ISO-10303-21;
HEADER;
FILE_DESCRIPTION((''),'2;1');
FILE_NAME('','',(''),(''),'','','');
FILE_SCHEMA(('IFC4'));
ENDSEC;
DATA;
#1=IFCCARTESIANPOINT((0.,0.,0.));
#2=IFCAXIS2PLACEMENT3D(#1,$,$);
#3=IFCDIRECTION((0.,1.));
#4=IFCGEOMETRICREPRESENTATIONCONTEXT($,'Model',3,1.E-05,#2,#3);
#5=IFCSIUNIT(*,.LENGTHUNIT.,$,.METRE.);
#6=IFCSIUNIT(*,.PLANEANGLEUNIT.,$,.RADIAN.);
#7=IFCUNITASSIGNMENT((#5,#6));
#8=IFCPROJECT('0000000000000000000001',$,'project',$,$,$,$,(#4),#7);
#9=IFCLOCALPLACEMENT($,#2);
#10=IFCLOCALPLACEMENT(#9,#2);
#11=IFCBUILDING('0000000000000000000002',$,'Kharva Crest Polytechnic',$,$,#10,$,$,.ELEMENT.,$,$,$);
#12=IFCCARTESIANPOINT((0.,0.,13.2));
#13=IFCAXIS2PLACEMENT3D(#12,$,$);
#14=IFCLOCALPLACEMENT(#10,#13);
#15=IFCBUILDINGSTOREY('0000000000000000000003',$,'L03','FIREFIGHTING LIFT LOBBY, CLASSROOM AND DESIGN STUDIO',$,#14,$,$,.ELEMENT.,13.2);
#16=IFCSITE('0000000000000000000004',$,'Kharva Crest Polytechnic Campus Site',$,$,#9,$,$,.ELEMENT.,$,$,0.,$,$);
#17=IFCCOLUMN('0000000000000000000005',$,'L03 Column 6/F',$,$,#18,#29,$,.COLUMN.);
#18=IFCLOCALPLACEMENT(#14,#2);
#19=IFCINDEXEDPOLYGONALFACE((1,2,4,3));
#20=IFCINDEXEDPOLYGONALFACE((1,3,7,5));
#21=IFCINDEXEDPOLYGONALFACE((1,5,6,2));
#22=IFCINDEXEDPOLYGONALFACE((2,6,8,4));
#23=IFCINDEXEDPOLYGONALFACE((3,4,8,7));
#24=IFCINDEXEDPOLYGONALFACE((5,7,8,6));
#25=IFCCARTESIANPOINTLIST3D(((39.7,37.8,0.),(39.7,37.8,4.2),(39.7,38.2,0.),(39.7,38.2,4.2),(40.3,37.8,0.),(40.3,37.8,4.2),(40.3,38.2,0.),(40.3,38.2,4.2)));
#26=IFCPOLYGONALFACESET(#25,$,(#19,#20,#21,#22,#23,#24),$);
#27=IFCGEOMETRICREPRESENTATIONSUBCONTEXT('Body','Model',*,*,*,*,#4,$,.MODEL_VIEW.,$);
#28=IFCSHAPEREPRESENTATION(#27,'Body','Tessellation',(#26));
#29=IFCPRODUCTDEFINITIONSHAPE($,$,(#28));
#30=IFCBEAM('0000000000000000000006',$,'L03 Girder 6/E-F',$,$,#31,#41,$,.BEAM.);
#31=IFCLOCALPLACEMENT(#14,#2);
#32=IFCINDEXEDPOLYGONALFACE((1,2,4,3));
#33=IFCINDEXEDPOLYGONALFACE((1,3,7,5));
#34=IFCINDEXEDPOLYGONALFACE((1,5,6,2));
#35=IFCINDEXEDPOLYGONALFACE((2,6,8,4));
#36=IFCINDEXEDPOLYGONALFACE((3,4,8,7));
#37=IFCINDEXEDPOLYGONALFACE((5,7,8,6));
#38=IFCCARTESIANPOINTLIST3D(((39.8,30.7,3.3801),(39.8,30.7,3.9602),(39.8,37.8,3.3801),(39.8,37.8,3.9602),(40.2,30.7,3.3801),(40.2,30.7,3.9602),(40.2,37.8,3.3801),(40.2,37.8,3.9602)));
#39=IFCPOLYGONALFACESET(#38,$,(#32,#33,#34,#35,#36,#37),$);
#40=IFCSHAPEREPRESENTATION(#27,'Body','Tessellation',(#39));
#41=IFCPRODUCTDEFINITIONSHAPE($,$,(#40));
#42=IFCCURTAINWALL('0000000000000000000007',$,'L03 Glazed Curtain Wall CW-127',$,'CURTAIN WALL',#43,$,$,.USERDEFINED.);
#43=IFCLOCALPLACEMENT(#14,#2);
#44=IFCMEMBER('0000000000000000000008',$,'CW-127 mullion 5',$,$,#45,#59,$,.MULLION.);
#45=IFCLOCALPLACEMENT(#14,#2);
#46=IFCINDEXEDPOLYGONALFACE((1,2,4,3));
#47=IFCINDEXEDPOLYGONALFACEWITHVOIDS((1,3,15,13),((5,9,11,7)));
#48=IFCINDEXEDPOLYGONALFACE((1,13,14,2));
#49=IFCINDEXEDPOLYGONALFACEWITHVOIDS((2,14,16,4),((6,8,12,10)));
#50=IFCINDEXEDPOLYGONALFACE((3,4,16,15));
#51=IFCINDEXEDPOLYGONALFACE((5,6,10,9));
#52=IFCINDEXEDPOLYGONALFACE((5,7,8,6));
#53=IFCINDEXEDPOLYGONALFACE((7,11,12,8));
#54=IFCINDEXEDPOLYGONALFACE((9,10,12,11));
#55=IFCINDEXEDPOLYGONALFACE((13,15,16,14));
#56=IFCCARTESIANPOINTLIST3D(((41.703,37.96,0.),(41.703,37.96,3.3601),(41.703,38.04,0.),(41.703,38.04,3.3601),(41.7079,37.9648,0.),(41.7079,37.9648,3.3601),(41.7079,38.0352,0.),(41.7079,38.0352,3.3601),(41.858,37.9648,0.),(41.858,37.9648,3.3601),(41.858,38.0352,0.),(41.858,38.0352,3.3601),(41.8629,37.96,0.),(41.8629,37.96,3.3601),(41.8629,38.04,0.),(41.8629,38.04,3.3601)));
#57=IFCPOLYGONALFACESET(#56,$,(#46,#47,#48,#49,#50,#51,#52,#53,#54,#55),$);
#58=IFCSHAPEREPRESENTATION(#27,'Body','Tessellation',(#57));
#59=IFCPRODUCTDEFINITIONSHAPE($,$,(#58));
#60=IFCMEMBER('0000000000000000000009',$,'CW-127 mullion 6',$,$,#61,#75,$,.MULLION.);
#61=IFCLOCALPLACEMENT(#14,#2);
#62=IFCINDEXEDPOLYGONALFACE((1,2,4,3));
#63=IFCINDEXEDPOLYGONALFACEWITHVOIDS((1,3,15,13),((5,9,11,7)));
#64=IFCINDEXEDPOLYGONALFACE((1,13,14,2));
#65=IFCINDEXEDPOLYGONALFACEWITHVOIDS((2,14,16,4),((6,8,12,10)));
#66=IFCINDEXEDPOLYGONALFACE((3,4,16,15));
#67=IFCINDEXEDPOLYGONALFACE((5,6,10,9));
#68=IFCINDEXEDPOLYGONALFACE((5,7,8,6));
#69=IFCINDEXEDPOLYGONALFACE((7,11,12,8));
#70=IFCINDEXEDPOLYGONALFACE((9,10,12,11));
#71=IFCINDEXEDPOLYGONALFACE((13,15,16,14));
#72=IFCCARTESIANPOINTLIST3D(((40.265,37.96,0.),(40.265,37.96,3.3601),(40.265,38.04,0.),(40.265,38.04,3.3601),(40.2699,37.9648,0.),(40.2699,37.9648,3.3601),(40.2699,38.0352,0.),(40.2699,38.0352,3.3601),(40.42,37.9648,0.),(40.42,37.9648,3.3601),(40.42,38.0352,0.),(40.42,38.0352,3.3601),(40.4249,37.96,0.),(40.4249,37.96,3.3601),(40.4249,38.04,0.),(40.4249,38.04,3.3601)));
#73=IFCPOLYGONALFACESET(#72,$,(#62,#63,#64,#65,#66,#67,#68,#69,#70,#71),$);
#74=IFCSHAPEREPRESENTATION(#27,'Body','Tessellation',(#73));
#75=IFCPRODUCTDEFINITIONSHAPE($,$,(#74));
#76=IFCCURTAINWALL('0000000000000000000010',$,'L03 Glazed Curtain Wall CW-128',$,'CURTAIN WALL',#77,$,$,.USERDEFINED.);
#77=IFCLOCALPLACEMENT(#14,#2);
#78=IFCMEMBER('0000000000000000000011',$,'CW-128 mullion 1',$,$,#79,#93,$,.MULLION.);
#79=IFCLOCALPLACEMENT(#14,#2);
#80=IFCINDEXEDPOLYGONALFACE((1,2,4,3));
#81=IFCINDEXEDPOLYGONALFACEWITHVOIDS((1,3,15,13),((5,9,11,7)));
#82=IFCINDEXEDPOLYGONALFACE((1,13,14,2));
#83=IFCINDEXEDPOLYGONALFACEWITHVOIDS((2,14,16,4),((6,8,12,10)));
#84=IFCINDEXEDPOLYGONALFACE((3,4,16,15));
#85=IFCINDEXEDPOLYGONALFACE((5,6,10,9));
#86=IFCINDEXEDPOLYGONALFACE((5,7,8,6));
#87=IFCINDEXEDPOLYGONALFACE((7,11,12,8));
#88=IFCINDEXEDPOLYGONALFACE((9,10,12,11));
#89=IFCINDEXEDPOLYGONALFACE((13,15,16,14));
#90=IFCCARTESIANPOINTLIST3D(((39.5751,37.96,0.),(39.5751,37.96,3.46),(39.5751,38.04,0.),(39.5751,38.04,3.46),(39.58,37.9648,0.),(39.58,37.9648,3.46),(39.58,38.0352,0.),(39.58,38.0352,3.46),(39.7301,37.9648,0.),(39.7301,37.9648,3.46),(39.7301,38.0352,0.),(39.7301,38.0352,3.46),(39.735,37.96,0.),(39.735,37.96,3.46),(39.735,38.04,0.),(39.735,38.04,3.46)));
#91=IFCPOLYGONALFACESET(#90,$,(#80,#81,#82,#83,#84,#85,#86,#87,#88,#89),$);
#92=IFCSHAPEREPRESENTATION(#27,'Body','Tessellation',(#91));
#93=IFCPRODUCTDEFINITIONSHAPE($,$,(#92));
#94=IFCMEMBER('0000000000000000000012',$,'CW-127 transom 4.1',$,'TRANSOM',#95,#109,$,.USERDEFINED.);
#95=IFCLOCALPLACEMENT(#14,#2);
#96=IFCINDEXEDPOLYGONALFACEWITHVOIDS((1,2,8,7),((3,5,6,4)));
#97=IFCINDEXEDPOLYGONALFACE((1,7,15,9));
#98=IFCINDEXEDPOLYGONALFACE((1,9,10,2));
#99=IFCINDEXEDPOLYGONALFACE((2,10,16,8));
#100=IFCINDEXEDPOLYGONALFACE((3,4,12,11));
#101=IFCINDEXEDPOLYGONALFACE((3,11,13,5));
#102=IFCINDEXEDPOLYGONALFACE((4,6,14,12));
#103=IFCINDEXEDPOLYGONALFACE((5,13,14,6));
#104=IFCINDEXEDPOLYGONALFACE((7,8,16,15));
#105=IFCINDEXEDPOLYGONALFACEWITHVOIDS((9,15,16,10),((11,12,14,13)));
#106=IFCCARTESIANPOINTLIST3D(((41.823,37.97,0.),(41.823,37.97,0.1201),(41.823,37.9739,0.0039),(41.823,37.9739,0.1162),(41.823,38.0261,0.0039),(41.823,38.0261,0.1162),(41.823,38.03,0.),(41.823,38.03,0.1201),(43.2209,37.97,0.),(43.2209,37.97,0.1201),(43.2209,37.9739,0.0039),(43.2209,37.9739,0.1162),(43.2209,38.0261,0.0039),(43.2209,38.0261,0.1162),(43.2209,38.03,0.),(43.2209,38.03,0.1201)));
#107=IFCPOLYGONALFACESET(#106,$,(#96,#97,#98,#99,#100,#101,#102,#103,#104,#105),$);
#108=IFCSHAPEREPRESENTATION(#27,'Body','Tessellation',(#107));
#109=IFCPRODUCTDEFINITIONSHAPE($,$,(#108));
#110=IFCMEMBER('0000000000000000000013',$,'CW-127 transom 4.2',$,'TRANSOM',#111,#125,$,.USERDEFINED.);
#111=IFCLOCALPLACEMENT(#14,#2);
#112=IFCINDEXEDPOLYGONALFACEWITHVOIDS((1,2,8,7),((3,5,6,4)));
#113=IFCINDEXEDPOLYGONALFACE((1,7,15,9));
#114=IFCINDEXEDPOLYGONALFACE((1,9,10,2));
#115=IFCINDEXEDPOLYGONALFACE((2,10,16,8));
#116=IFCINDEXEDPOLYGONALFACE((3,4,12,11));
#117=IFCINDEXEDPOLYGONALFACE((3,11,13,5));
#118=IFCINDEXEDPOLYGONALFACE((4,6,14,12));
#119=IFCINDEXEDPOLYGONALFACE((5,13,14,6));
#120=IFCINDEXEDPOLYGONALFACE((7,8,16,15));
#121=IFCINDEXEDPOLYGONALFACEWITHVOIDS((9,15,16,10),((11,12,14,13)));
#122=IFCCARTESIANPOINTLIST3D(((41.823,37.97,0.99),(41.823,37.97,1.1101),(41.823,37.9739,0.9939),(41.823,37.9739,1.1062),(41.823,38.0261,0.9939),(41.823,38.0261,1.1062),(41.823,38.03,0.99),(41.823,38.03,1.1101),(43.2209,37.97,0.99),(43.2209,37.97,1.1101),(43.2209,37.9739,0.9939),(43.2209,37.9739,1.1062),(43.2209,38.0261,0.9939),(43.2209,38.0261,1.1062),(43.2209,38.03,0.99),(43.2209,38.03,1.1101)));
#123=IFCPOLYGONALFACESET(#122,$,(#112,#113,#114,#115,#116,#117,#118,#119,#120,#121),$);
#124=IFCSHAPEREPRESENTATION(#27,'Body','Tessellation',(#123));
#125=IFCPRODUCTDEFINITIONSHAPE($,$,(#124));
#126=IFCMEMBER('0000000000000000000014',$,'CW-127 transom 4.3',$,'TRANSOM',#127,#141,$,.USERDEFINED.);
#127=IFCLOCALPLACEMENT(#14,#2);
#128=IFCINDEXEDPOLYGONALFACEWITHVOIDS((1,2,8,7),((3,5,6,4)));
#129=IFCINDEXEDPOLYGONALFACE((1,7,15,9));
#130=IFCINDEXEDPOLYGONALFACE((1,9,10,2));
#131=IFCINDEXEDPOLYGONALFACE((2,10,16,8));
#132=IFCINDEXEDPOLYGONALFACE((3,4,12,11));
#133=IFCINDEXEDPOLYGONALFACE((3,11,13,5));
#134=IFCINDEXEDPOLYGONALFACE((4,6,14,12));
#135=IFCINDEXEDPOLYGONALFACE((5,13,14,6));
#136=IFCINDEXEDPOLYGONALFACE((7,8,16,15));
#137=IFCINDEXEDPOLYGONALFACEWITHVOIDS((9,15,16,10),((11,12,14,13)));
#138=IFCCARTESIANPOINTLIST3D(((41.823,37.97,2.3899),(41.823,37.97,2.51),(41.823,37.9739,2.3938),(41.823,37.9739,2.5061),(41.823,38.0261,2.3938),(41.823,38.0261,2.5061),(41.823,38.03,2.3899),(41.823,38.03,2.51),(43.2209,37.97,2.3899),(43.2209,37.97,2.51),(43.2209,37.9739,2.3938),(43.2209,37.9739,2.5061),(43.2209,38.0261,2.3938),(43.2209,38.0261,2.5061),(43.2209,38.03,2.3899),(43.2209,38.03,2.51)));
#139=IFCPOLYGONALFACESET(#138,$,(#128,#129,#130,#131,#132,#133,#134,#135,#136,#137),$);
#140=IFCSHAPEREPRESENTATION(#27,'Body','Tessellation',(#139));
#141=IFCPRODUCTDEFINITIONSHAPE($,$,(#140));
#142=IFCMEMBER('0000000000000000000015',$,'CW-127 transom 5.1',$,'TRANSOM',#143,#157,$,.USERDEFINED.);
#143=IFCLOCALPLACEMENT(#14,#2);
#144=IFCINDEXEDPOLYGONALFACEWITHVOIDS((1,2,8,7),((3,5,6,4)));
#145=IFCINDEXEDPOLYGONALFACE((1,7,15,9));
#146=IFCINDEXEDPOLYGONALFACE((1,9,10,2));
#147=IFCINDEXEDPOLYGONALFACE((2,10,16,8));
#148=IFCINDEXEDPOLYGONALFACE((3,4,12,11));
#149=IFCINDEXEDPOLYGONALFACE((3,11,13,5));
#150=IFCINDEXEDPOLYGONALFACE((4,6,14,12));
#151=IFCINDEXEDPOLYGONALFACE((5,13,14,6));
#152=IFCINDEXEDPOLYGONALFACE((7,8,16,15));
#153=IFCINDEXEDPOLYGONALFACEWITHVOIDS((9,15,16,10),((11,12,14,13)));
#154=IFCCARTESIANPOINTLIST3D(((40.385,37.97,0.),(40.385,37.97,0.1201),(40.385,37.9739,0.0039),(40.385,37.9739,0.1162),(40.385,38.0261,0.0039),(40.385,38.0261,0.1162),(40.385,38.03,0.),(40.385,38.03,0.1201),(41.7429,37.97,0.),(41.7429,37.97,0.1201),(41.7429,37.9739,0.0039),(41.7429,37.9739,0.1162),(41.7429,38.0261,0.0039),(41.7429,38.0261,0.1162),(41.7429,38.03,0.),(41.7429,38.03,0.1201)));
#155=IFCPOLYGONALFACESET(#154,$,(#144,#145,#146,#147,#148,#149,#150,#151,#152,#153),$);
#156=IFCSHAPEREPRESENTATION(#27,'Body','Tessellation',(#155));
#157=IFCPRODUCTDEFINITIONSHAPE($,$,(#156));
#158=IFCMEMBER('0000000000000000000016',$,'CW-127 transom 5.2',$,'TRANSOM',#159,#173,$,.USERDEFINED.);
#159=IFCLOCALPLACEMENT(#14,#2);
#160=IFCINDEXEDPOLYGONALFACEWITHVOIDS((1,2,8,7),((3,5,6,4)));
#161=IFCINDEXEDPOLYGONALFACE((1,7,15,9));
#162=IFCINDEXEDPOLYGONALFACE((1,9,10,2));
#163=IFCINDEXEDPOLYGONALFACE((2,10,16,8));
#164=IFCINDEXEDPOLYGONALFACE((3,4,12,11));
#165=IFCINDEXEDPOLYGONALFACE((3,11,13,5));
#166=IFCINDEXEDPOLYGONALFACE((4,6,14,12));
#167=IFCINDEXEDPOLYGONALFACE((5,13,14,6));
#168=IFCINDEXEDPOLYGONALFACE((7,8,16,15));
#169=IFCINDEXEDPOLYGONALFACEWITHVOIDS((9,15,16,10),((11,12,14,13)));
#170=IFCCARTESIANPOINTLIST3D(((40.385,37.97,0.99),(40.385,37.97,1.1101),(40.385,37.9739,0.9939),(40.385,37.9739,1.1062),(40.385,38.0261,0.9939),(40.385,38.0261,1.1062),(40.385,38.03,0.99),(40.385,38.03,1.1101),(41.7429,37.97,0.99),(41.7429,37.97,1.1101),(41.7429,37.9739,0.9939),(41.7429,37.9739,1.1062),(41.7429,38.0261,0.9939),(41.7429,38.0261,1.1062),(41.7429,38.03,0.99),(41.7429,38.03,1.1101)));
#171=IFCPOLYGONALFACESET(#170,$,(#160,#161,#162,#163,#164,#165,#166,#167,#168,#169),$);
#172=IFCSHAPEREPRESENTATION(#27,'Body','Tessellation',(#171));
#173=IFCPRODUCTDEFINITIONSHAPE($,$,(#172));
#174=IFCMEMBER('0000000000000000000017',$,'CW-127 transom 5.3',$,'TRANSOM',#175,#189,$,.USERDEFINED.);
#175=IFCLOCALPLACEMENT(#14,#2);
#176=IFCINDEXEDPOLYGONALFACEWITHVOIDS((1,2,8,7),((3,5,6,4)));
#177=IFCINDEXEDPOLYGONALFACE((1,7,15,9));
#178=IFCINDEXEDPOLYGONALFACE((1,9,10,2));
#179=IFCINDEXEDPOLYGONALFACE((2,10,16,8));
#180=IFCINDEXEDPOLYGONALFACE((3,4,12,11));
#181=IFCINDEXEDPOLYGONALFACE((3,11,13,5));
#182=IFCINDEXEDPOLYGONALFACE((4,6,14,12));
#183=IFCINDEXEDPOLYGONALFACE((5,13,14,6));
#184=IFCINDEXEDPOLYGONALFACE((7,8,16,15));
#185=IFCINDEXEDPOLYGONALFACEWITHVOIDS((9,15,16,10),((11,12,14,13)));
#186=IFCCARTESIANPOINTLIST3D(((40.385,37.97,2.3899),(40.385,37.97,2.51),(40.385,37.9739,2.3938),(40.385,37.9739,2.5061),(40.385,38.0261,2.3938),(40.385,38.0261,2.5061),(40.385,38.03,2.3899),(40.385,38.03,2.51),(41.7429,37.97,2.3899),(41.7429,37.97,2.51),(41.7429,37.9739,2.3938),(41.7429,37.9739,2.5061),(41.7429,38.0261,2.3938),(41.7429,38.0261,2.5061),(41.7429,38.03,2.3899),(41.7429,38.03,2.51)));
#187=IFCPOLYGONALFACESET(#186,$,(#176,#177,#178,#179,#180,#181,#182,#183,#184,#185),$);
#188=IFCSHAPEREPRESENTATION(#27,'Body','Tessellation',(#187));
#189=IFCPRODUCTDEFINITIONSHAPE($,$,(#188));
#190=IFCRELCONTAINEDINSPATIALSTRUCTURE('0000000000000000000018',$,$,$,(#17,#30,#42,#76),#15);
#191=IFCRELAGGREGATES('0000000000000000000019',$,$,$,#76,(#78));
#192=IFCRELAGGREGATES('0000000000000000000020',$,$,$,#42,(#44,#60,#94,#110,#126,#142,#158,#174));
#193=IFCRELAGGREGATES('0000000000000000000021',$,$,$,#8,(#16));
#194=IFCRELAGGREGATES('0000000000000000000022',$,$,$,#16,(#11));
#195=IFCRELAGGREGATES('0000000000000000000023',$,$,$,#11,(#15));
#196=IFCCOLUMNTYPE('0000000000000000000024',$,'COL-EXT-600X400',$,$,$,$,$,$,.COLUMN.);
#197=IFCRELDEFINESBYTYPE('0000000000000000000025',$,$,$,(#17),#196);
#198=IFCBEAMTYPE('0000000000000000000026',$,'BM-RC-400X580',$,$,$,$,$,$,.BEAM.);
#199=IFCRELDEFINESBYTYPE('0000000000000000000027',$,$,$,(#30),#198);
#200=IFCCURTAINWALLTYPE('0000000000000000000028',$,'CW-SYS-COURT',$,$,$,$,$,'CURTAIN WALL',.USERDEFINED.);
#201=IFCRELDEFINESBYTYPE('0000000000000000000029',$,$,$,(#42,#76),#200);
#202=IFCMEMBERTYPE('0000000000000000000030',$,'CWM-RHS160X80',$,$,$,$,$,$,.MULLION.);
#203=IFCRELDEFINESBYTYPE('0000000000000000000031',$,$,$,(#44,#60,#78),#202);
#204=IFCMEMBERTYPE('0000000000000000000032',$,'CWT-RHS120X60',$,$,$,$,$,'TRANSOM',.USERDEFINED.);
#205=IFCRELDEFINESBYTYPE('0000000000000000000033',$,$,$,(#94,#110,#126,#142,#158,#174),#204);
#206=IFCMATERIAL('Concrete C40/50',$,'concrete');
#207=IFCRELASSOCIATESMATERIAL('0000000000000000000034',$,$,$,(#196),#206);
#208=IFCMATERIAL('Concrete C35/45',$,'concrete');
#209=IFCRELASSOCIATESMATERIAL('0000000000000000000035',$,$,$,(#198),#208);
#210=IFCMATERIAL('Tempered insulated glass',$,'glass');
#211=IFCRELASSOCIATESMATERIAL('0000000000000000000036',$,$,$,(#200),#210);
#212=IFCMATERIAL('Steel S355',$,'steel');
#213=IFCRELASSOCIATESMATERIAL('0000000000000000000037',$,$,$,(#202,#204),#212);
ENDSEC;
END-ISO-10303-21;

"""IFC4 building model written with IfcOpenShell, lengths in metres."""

from ifc_helpers import new_model, si_unit, direction, frame, origin, origin_2d, place, context, subcontext, project, spatial, rectangle, hollow_rectangle, extrude, material, material_profile, profile_set, type_object, element, aggregate, save


model = new_model("IFC4")

# Units and contexts
model_context = context("Model", 3, precision=1e-05, world=origin(), true_north=direction((0.0, 1.0)))
body_context = subcontext(model_context, "Body", "Model", "MODEL_VIEW")
ifc_project = project(units=[si_unit("LENGTHUNIT", "METRE"), si_unit("PLANEANGLEUNIT", "RADIAN")], contexts=[model_context])

# Site, building, storey
site_placement = place(None, origin())
site = spatial("IfcSite", under=ifc_project, at=site_placement, Name="Kharva Crest Polytechnic Campus Site", CompositionType="ELEMENT", RefElevation=0.0)
building_placement = place(site_placement, origin())
building = spatial("IfcBuilding", under=site, at=building_placement, Name="Kharva Crest Polytechnic", CompositionType="ELEMENT")
storey_placement = place(building_placement, frame((0.0, 0.0, 13.2)))
storey = spatial("IfcBuildingStorey", under=building, at=storey_placement, Name="L03", Description="FIREFIGHTING LIFT LOBBY, CLASSROOM AND DESIGN STUDIO", CompositionType="ELEMENT", Elevation=13.2)

# Column
ifc_material_1 = material(Name="Concrete C40/50", Category="concrete")
ifc_material_profile_1 = material_profile(ifc_material_1, rectangle(XDim=0.6001, YDim=0.3999, at=origin_2d()), Name="RECT 600 X 400")
ifc_profile_set_1 = profile_set([ifc_material_profile_1], Name="Concrete C40/50")
column_type = type_object("IfcColumnType", Name="COL-EXT-600X400", PredefinedType="COLUMN", material=ifc_profile_set_1)
column_placement = place(storey_placement, frame((40.0, 38.0, 0.0), z_axis=(0.0, 0.0, 1.0), x_axis=(1.0, 0.0, 0.0)))
element("IfcColumn", 1, at=column_placement, inside=storey, type_object=column_type, Name="L03 Column 6/F", PredefinedType="COLUMN", context=body_context, shape_type="SweptSolid", body=[
    extrude(rectangle(XDim=0.6001, YDim=0.3999, at=origin_2d()), origin(), (0.0, 0.0, 1.0), 4.2),
])

# Beam
ifc_material_2 = material(Name="Concrete C35/45", Category="concrete")
ifc_material_profile_2 = material_profile(ifc_material_2, rectangle(XDim=0.3999, YDim=0.5801, at=origin_2d()), Name="RECT 400 X 580")
ifc_profile_set_2 = profile_set([ifc_material_profile_2], Name="Concrete C35/45")
beam_type_1 = type_object("IfcBeamType", Name="BM-RC-400X580", PredefinedType="BEAM", material=ifc_profile_set_2)
beam_1_placement = place(storey_placement, frame((40.0, 30.7, 3.6702), z_axis=(0.0, 1.0, 0.0), x_axis=(-1.0, 0.0, 0.0)))
element("IfcBeam", 2, at=beam_1_placement, inside=storey, type_object=beam_type_1, Name="L03 Girder 6/E-F", PredefinedType="BEAM", context=body_context, shape_type="SweptSolid", body=[
    extrude(rectangle(XDim=0.3999, YDim=0.5801, at=origin_2d()), origin(), (0.0, 0.0, 1.0), 7.1001),
])

# Curtain wall, members
ifc_material_3 = material(Name="Tempered insulated glass", Category="glass")
curtain_wall_type = type_object("IfcCurtainWallType", Name="CW-SYS-COURT", ElementType="CURTAIN WALL", PredefinedType="USERDEFINED", material=ifc_material_3)
curtain_wall_1_placement = place(storey_placement, origin())
curtain_wall_1 = element("IfcCurtainWall", 3, at=curtain_wall_1_placement, inside=storey, type_object=curtain_wall_type, Name="L03 Glazed Curtain Wall CW-127", ObjectType="CURTAIN WALL", PredefinedType="USERDEFINED")
ifc_material_4 = material(Name="Steel S355", Category="steel")
ifc_material_profile_3 = material_profile(ifc_material_4, hollow_rectangle(XDim=0.0801, YDim=0.1599, WallThickness=0.0049, at=origin_2d()), Name="RHS 160X80X5.0")
ifc_profile_set_3 = profile_set([ifc_material_profile_3], Name="Steel S355")
member_type_1 = type_object("IfcMemberType", Name="CWM-RHS160X80", PredefinedType="MULLION", material=ifc_profile_set_3)
member_1_placement = place(storey_placement, frame((41.783, 38.0, 0.0), z_axis=(0.0, 0.0, 1.0), x_axis=(0.0, -1.0, 0.0)))
member_1 = element("IfcMember", 4, at=member_1_placement, type_object=member_type_1, Name="CW-127 mullion 5", PredefinedType="MULLION", context=body_context, shape_type="SweptSolid", body=[
    extrude(hollow_rectangle(XDim=0.0801, YDim=0.1599, WallThickness=0.0049, at=origin_2d()), origin(), (0.0, 0.0, 1.0), 3.3601),
])
member_2_placement = place(storey_placement, frame((40.345, 38.0, 0.0), z_axis=(0.0, 0.0, 1.0), x_axis=(0.0, -1.0, 0.0)))
member_2 = element("IfcMember", 5, at=member_2_placement, type_object=member_type_1, Name="CW-127 mullion 6", PredefinedType="MULLION", context=body_context, shape_type="SweptSolid", body=[
    extrude(hollow_rectangle(XDim=0.0801, YDim=0.1599, WallThickness=0.0049, at=origin_2d()), origin(), (0.0, 0.0, 1.0), 3.3601),
])

# Curtain wall, member
curtain_wall_2_placement = place(storey_placement, origin())
curtain_wall_2 = element("IfcCurtainWall", 6, at=curtain_wall_2_placement, inside=storey, type_object=curtain_wall_type, Name="L03 Glazed Curtain Wall CW-128", ObjectType="CURTAIN WALL", PredefinedType="USERDEFINED")
member_3_placement = place(storey_placement, frame((39.655, 38.0, 0.0), z_axis=(0.0, 0.0, 1.0), x_axis=(0.0, -1.0, 0.0)))
member_3 = element("IfcMember", 7, at=member_3_placement, type_object=member_type_1, Name="CW-128 mullion 1", PredefinedType="MULLION", context=body_context, shape_type="SweptSolid", body=[
    extrude(hollow_rectangle(XDim=0.0801, YDim=0.1599, WallThickness=0.0049, at=origin_2d()), origin(), (0.0, 0.0, 1.0), 3.46),
])

# Members
ifc_material_profile_4 = material_profile(ifc_material_4, hollow_rectangle(XDim=0.0601, YDim=0.1201, WallThickness=0.0039, at=origin_2d()), Name="RHS 120X60X4.0")
ifc_profile_set_4 = profile_set([ifc_material_profile_4], Name="Steel S355")
member_type_2 = type_object("IfcMemberType", Name="CWT-RHS120X60", ElementType="TRANSOM", PredefinedType="USERDEFINED", material=ifc_profile_set_4)
member_4_placement = place(storey_placement, frame((43.2209, 38.0, 0.0601), z_axis=(-1.0, 0.0, 0.0), x_axis=(0.0, -1.0, 0.0)))
member_4 = element("IfcMember", 8, at=member_4_placement, type_object=member_type_2, Name="CW-127 transom 4.1", ObjectType="TRANSOM", PredefinedType="USERDEFINED", context=body_context, shape_type="SweptSolid", body=[
    extrude(hollow_rectangle(XDim=0.0601, YDim=0.1201, WallThickness=0.0039, at=origin_2d()), origin(), (0.0, 0.0, 1.0), 1.3979),
])
member_5_placement = place(storey_placement, frame((43.2209, 38.0, 1.05), z_axis=(-1.0, 0.0, 0.0), x_axis=(0.0, -1.0, 0.0)))
member_5 = element("IfcMember", 9, at=member_5_placement, type_object=member_type_2, Name="CW-127 transom 4.2", ObjectType="TRANSOM", PredefinedType="USERDEFINED", context=body_context, shape_type="SweptSolid", body=[
    extrude(hollow_rectangle(XDim=0.0601, YDim=0.1201, WallThickness=0.0039, at=origin_2d()), origin(), (0.0, 0.0, 1.0), 1.3979),
])
member_6_placement = place(storey_placement, frame((43.2209, 38.0, 2.45), z_axis=(-1.0, 0.0, 0.0), x_axis=(0.0, -1.0, 0.0)))
member_6 = element("IfcMember", 10, at=member_6_placement, type_object=member_type_2, Name="CW-127 transom 4.3", ObjectType="TRANSOM", PredefinedType="USERDEFINED", context=body_context, shape_type="SweptSolid", body=[
    extrude(hollow_rectangle(XDim=0.0601, YDim=0.1201, WallThickness=0.0039, at=origin_2d()), origin(), (0.0, 0.0, 1.0), 1.3979),
])
member_7_placement = place(storey_placement, frame((41.7429, 38.0, 0.0601), z_axis=(-1.0, 0.0, 0.0), x_axis=(0.0, -1.0, 0.0)))
member_7 = element("IfcMember", 11, at=member_7_placement, type_object=member_type_2, Name="CW-127 transom 5.1", ObjectType="TRANSOM", PredefinedType="USERDEFINED", context=body_context, shape_type="SweptSolid", body=[
    extrude(hollow_rectangle(XDim=0.0601, YDim=0.1201, WallThickness=0.0039, at=origin_2d()), origin(), (0.0, 0.0, 1.0), 1.3579),
])
member_8_placement = place(storey_placement, frame((41.7429, 38.0, 1.05), z_axis=(-1.0, 0.0, 0.0), x_axis=(0.0, -1.0, 0.0)))
member_8 = element("IfcMember", 12, at=member_8_placement, type_object=member_type_2, Name="CW-127 transom 5.2", ObjectType="TRANSOM", PredefinedType="USERDEFINED", context=body_context, shape_type="SweptSolid", body=[
    extrude(hollow_rectangle(XDim=0.0601, YDim=0.1201, WallThickness=0.0039, at=origin_2d()), origin(), (0.0, 0.0, 1.0), 1.3579),
])
member_9_placement = place(storey_placement, frame((41.7429, 38.0, 2.45), z_axis=(-1.0, 0.0, 0.0), x_axis=(0.0, -1.0, 0.0)))
member_9 = element("IfcMember", 13, at=member_9_placement, type_object=member_type_2, Name="CW-127 transom 5.3", ObjectType="TRANSOM", PredefinedType="USERDEFINED", context=body_context, shape_type="SweptSolid", body=[
    extrude(hollow_rectangle(XDim=0.0601, YDim=0.1201, WallThickness=0.0039, at=origin_2d()), origin(), (0.0, 0.0, 1.0), 1.3579),
])
aggregate(curtain_wall_2, [member_3])

aggregate(curtain_wall_1, [member_1, member_2, member_4, member_5, member_6, member_7, member_8, member_9])

save(model, "model.ifc")
